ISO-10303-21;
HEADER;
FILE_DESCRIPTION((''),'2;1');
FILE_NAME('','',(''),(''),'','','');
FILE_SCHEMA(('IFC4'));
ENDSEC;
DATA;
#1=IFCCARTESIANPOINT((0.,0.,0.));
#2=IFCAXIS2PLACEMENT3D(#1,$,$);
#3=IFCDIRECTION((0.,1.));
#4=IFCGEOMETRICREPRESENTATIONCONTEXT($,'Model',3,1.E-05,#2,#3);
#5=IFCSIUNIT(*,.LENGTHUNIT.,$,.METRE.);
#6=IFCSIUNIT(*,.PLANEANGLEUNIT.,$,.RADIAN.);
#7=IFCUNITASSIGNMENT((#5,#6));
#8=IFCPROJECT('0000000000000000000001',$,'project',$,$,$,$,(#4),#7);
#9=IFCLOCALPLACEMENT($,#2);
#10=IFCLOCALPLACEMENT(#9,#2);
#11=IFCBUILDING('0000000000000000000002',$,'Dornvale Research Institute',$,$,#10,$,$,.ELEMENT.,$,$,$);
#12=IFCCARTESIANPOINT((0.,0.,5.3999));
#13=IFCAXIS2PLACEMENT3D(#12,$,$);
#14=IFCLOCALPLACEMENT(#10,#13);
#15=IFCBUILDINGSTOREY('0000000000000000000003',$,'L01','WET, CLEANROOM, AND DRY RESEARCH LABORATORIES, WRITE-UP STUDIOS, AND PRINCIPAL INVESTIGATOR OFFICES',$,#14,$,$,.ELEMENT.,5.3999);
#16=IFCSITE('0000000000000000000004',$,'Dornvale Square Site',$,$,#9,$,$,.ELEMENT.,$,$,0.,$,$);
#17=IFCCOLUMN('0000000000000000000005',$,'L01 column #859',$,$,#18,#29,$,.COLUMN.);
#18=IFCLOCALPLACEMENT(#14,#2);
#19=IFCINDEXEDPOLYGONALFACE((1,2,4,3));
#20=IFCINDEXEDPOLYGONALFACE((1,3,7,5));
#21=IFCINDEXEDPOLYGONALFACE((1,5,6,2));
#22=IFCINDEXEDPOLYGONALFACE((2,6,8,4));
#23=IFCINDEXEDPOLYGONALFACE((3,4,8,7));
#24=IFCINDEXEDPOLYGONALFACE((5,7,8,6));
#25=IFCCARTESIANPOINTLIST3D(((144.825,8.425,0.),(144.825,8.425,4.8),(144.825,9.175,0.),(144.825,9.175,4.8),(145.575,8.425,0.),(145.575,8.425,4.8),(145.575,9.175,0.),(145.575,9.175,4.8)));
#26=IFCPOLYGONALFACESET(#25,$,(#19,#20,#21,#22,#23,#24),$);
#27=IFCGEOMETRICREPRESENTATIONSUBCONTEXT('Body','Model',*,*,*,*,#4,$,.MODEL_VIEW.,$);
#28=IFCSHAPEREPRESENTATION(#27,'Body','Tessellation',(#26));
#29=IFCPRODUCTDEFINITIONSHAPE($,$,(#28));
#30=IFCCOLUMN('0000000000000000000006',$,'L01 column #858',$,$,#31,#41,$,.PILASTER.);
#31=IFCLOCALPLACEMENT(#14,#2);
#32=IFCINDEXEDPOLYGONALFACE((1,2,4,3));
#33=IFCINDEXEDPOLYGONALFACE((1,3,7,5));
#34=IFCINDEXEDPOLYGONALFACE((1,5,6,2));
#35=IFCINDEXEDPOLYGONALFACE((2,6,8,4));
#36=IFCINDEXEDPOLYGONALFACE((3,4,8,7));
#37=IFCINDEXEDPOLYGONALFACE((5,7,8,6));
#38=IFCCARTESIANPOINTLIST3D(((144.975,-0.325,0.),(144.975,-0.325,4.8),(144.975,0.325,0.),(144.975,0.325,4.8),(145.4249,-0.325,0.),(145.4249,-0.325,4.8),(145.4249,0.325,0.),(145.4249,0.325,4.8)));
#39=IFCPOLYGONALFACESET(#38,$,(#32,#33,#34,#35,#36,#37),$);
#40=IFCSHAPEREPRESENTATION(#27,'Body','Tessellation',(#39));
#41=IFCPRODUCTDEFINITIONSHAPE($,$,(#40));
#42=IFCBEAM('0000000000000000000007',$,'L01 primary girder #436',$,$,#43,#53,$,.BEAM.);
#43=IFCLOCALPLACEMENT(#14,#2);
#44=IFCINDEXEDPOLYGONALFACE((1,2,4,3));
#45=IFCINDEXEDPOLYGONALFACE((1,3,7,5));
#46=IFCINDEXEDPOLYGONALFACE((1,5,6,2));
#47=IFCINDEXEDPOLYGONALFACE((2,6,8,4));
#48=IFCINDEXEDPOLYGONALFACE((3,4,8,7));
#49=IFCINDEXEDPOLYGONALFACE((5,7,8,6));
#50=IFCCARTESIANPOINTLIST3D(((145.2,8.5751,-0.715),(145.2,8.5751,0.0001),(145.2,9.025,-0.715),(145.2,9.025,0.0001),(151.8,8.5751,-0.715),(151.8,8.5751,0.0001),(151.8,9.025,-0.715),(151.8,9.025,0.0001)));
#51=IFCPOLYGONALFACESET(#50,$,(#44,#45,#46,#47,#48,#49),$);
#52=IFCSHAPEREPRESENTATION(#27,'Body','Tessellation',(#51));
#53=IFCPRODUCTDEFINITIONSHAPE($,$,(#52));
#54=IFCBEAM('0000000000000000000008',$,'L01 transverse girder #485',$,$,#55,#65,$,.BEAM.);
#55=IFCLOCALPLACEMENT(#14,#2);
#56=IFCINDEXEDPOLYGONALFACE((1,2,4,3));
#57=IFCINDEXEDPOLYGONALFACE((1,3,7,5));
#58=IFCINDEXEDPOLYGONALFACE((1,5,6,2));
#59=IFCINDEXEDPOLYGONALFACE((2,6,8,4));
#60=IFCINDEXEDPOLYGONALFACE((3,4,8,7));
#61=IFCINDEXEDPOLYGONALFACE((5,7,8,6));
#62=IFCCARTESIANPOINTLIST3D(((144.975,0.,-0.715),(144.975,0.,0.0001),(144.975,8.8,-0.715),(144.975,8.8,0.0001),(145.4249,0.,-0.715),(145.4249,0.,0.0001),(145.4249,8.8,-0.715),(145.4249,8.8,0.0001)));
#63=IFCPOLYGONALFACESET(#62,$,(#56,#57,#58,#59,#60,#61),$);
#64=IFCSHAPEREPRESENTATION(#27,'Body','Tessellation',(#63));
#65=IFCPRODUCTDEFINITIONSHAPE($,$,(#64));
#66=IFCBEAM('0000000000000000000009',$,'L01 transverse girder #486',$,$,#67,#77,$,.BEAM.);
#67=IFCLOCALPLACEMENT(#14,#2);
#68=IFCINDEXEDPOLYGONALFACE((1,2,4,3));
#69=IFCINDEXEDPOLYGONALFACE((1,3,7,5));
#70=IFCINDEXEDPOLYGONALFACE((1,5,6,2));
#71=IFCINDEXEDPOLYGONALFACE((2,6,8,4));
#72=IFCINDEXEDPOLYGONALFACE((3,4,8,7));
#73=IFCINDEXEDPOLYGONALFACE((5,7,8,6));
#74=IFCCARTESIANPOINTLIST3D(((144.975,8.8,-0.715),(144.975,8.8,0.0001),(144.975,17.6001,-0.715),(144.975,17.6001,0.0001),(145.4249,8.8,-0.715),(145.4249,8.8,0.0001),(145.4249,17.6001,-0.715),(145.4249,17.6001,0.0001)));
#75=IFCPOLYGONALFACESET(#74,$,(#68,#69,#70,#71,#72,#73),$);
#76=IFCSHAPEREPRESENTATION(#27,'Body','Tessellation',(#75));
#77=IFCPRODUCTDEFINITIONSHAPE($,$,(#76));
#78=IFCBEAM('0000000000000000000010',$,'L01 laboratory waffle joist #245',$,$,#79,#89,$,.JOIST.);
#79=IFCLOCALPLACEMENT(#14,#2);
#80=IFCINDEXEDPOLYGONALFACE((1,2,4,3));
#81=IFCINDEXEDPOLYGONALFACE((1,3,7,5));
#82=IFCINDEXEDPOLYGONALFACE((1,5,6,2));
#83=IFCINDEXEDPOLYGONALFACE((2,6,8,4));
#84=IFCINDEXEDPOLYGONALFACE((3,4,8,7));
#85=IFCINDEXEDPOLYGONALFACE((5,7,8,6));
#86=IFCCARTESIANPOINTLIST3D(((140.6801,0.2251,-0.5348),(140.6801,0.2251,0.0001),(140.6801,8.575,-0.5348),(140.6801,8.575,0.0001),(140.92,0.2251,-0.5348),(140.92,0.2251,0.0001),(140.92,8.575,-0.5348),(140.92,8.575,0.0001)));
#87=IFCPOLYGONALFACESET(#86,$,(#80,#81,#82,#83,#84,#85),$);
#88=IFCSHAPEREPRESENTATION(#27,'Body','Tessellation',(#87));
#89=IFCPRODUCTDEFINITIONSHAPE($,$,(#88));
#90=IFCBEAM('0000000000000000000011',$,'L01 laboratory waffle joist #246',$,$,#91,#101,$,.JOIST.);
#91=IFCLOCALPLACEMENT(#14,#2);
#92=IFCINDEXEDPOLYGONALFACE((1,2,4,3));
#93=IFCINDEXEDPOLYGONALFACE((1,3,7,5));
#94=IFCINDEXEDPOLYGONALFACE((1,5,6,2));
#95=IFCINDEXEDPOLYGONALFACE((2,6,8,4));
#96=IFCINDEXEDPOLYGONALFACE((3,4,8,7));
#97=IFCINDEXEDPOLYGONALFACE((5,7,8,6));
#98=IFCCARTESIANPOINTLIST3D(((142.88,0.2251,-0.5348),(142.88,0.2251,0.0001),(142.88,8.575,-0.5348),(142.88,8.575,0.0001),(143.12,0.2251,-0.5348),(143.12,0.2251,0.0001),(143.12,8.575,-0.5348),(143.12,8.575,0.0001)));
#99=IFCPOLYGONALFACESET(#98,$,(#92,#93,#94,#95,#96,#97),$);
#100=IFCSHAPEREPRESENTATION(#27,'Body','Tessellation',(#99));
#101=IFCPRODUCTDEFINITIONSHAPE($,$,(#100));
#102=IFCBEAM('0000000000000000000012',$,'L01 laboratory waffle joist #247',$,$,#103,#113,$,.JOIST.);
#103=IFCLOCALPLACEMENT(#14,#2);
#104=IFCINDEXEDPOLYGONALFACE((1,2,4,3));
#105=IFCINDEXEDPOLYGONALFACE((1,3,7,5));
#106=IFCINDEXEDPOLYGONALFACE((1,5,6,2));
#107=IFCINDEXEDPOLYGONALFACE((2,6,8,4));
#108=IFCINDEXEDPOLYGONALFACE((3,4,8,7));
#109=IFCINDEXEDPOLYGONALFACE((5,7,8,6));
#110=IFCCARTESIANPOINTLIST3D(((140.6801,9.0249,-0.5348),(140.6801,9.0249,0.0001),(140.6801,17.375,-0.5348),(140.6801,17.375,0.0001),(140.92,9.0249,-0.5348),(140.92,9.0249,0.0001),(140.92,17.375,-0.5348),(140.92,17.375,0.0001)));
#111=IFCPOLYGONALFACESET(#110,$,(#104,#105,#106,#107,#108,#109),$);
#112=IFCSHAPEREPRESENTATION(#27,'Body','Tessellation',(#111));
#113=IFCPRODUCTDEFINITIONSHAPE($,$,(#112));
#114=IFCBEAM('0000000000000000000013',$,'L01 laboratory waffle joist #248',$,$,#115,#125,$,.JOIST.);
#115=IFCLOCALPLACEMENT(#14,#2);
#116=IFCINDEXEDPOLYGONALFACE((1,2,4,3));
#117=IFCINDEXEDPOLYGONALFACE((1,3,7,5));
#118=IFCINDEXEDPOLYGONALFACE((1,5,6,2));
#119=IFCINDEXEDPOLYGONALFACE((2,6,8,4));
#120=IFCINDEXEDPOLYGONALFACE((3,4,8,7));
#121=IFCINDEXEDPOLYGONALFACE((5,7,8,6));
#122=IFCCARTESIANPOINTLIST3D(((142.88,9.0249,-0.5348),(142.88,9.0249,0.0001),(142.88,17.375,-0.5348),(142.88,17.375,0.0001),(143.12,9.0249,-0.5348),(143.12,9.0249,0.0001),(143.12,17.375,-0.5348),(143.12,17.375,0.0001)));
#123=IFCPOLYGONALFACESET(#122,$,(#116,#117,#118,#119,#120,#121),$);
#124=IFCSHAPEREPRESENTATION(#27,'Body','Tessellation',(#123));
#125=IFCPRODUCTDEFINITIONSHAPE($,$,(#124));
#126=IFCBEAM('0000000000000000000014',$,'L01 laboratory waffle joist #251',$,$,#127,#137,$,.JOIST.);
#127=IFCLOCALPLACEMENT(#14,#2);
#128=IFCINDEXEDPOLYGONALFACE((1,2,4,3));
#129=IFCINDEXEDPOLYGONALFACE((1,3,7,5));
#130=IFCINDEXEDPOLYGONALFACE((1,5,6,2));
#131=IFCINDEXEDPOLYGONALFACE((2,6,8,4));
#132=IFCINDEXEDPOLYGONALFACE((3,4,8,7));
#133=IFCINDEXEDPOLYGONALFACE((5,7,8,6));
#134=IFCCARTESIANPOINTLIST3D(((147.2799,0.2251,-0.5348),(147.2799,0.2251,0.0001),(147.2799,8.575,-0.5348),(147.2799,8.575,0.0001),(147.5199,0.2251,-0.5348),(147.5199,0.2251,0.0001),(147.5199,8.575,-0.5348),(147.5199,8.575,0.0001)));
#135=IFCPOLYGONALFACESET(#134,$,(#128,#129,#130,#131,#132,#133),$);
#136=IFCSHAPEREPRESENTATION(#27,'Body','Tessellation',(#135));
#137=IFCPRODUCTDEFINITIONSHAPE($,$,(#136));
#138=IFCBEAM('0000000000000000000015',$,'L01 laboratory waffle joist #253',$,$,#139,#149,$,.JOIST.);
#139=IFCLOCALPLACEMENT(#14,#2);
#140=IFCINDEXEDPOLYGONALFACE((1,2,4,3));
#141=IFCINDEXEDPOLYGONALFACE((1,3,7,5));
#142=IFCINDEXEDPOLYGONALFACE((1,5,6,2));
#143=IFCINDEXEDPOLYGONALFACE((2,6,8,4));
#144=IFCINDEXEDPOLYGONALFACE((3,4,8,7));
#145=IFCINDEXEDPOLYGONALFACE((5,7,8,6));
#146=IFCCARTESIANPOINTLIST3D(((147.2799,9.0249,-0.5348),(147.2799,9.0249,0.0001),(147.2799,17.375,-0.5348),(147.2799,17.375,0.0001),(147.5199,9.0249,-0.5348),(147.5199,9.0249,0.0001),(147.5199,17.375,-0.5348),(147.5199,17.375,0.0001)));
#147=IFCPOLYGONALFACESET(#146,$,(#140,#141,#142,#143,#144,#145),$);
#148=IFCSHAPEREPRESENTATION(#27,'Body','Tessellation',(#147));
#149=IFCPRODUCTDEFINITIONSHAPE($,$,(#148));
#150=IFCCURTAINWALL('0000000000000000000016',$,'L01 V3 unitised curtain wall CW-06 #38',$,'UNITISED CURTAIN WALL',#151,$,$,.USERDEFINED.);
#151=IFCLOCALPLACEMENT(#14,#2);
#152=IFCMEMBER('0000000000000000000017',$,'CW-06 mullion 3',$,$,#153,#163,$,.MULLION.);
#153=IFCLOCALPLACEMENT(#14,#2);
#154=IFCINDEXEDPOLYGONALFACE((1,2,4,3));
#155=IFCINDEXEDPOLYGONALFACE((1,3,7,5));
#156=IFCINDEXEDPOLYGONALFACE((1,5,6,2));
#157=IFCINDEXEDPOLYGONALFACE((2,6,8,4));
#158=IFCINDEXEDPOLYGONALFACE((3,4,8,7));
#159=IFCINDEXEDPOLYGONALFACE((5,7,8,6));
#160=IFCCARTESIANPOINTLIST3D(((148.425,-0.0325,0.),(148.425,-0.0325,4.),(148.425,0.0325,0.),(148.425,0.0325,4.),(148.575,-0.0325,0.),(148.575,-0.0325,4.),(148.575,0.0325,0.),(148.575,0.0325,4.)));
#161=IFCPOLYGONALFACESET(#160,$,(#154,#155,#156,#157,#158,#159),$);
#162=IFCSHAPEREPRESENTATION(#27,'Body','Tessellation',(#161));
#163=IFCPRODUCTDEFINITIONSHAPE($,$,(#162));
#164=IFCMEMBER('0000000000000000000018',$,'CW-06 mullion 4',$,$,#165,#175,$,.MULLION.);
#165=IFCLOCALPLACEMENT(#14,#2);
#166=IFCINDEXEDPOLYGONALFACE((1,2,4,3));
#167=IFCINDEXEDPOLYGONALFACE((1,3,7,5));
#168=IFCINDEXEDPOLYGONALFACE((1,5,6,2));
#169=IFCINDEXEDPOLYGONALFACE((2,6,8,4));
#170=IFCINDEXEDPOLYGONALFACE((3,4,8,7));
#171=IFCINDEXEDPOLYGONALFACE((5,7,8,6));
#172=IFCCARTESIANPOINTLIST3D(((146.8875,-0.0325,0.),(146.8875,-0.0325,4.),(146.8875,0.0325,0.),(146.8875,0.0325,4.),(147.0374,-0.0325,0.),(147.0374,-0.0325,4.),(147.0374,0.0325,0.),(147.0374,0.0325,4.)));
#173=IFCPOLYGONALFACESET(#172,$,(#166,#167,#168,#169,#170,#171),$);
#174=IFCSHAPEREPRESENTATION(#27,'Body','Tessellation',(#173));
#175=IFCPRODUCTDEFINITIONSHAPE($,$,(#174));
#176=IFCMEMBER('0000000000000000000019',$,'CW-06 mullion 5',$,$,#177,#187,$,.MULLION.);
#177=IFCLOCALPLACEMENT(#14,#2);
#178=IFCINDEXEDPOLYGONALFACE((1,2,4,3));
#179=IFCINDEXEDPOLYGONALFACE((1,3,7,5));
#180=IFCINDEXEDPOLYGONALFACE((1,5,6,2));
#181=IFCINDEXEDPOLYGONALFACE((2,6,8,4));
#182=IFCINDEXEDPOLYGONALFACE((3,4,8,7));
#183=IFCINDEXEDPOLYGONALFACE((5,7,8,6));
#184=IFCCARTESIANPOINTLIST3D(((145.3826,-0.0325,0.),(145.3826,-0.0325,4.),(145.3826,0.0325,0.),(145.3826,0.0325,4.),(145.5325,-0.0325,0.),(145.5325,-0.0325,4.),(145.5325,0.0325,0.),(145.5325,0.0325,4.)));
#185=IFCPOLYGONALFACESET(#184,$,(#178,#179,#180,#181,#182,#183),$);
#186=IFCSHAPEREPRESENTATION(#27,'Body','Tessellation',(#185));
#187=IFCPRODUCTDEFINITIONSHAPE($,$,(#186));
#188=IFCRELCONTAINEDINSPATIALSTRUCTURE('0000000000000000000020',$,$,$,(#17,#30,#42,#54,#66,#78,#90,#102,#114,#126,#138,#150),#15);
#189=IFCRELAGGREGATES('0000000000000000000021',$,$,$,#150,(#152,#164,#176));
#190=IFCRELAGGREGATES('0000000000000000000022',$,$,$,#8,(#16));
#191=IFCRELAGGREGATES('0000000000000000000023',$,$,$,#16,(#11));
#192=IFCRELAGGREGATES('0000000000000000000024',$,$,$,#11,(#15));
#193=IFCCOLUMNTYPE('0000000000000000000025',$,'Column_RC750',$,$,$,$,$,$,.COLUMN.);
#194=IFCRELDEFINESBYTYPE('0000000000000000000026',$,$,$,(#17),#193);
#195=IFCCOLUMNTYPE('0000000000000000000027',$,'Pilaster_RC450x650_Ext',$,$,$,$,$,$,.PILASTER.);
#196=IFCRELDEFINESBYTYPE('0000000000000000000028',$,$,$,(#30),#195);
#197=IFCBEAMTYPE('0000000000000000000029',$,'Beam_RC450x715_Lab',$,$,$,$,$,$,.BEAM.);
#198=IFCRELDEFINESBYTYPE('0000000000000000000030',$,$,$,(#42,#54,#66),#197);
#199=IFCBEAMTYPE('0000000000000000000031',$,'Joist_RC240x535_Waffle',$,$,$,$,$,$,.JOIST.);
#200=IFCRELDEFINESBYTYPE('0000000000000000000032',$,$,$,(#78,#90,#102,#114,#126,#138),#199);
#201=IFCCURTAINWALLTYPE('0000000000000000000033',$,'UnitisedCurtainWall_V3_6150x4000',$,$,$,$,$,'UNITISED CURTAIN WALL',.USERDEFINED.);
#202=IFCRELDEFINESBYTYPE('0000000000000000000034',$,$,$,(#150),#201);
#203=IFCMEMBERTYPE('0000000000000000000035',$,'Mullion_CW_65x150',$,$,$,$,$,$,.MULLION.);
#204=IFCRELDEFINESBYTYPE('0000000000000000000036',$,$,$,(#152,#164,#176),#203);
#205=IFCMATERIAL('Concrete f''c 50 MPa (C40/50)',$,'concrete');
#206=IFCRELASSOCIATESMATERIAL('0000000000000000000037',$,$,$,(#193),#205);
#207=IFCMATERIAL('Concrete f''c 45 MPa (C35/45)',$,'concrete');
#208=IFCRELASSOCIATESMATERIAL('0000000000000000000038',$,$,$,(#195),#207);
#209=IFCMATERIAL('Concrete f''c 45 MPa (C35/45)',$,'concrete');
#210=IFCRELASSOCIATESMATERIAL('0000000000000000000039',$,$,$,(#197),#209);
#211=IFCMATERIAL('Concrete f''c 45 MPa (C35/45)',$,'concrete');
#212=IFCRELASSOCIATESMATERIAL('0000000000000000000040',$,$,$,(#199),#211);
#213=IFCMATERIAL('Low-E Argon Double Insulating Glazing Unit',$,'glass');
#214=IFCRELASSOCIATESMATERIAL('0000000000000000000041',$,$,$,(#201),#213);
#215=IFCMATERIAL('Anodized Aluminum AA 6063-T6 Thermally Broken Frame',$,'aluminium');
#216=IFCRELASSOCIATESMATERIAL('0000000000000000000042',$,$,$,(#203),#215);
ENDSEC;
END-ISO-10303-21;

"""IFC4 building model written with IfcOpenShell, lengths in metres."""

from ifc_helpers import new_model, si_unit, direction, frame, origin, origin_2d, place, context, subcontext, project, spatial, rectangle, extrude, material, material_profile, profile_set, type_object, element, aggregate, save


model = new_model("IFC4")

# Units and contexts
model_context = context("Model", 3, precision=1e-05, world=origin(), true_north=direction((0.0, 1.0)))
body_context = subcontext(model_context, "Body", "Model", "MODEL_VIEW")
ifc_project = project(units=[si_unit("LENGTHUNIT", "METRE"), si_unit("PLANEANGLEUNIT", "RADIAN")], contexts=[model_context])

# Site, building, storey
site_placement = place(None, origin())
site = spatial("IfcSite", under=ifc_project, at=site_placement, Name="Dornvale Square Site", CompositionType="ELEMENT", RefElevation=0.0)
building_placement = place(site_placement, origin())
building = spatial("IfcBuilding", under=site, at=building_placement, Name="Dornvale Research Institute", CompositionType="ELEMENT")
storey_placement = place(building_placement, frame((0.0, 0.0, 5.3999)))
storey = spatial("IfcBuildingStorey", under=building, at=storey_placement, Name="L01", Description="WET, CLEANROOM, AND DRY RESEARCH LABORATORIES, WRITE-UP STUDIOS, AND PRINCIPAL INVESTIGATOR OFFICES", CompositionType="ELEMENT", Elevation=5.3999)

# Columns
ifc_material_1 = material(Name="Concrete f'c 50 MPa (C40/50)", Category="concrete")
ifc_material_profile_1 = material_profile(ifc_material_1, rectangle(XDim=0.75, YDim=0.75, at=origin_2d()), Name="RC 750x750")
ifc_profile_set_1 = profile_set([ifc_material_profile_1], Name="Concrete f'c 50 MPa (C40/50)")
column_type_1 = type_object("IfcColumnType", Name="Column_RC750", PredefinedType="COLUMN", material=ifc_profile_set_1)
column_1_placement = place(storey_placement, frame((145.2, 8.8, 0.0), z_axis=(0.0, 0.0, 1.0), x_axis=(1.0, 0.0, 0.0)))
element("IfcColumn", 1, at=column_1_placement, inside=storey, type_object=column_type_1, Name="L01 column #859", PredefinedType="COLUMN", context=body_context, shape_type="SweptSolid", body=[
    extrude(rectangle(XDim=0.75, YDim=0.75, at=origin_2d()), origin(), (0.0, 0.0, 1.0), 4.8),
])
ifc_material_2 = material(Name="Concrete f'c 45 MPa (C35/45)", Category="concrete")
ifc_material_profile_2 = material_profile(ifc_material_2, rectangle(XDim=0.45, YDim=0.6499, at=origin_2d()), Name="RC 450x650")
ifc_profile_set_2 = profile_set([ifc_material_profile_2], Name="Concrete f'c 45 MPa (C35/45)")
column_type_2 = type_object("IfcColumnType", Name="Pilaster_RC450x650_Ext", PredefinedType="PILASTER", material=ifc_profile_set_2)
column_2_placement = place(storey_placement, frame((145.2, 0.0, 0.0), z_axis=(0.0, 0.0, 1.0), x_axis=(1.0, 0.0, 0.0)))
element("IfcColumn", 2, at=column_2_placement, inside=storey, type_object=column_type_2, Name="L01 column #858", PredefinedType="PILASTER", context=body_context, shape_type="SweptSolid", body=[
    extrude(rectangle(XDim=0.45, YDim=0.6499, at=origin_2d()), origin(), (0.0, 0.0, 1.0), 4.8),
])

# Beams
ifc_material_3 = material(Name="Concrete f'c 45 MPa (C35/45)", Category="concrete")
ifc_material_profile_3 = material_profile(ifc_material_3, rectangle(XDim=0.45, YDim=0.7151, at=origin_2d()), Name="RC 450x715")
ifc_profile_set_3 = profile_set([ifc_material_profile_3], Name="Concrete f'c 45 MPa (C35/45)")
beam_type_1 = type_object("IfcBeamType", Name="Beam_RC450x715_Lab", PredefinedType="BEAM", material=ifc_profile_set_3)
beam_1_placement = place(storey_placement, frame((145.2, 8.8, -0.3574), z_axis=(1.0, 0.0, 0.0), x_axis=(0.0, 1.0, 0.0)))
element("IfcBeam", 3, at=beam_1_placement, inside=storey, type_object=beam_type_1, Name="L01 primary girder #436", PredefinedType="BEAM", context=body_context, shape_type="SweptSolid", body=[
    extrude(rectangle(XDim=0.45, YDim=0.7151, at=origin_2d()), origin(), (0.0, 0.0, 1.0), 6.6001),
])
for number, where, z_axis, x_axis, name in (
    (4, (145.2, 0.0, -0.3574), (0.0, 1.0, 0.0), (-1.0, 0.0, 0.0), "L01 transverse girder #485"),
    (5, (145.2, 8.8, -0.3574), (0.0, 1.0, 0.0), (-1.0, 0.0, 0.0), "L01 transverse girder #486"),
):
    element("IfcBeam", number, at=place(storey_placement, frame(where, z_axis=z_axis, x_axis=x_axis)), inside=storey, type_object=beam_type_1, Name=name, PredefinedType="BEAM", context=body_context, shape_type="SweptSolid", body=[
        extrude(rectangle(XDim=0.45, YDim=0.7151, at=origin_2d()), origin(), (0.0, 0.0, 1.0), 8.8),
    ])
ifc_material_4 = material(Name="Concrete f'c 45 MPa (C35/45)", Category="concrete")
ifc_material_profile_4 = material_profile(ifc_material_4, rectangle(XDim=0.24, YDim=0.5349, at=origin_2d()), Name="RC 240x535")
ifc_profile_set_4 = profile_set([ifc_material_profile_4], Name="Concrete f'c 45 MPa (C35/45)")
beam_type_2 = type_object("IfcBeamType", Name="Joist_RC240x535_Waffle", PredefinedType="JOIST", material=ifc_profile_set_4)
for number, where, z_axis, x_axis, name in (
    (6, (140.8, 0.2251, -0.2673), (0.0, 1.0, 0.0), (-1.0, 0.0, 0.0), "L01 laboratory waffle joist #245"),
    (7, (143.0, 0.2251, -0.2673), (0.0, 1.0, 0.0), (-1.0, 0.0, 0.0), "L01 laboratory waffle joist #246"),
):
    element("IfcBeam", number, at=place(storey_placement, frame(where, z_axis=z_axis, x_axis=x_axis)), inside=storey, type_object=beam_type_2, Name=name, PredefinedType="JOIST", context=body_context, shape_type="SweptSolid", body=[
        extrude(rectangle(XDim=0.24, YDim=0.5349, at=origin_2d()), origin(), (0.0, 0.0, 1.0), 8.3499),
    ])
for number, where, z_axis, x_axis, name in (
    (8, (140.8, 9.0249, -0.2673), (0.0, 1.0, 0.0), (-1.0, 0.0, 0.0), "L01 laboratory waffle joist #247"),
    (9, (143.0, 9.0249, -0.2673), (0.0, 1.0, 0.0), (-1.0, 0.0, 0.0), "L01 laboratory waffle joist #248"),
):
    element("IfcBeam", number, at=place(storey_placement, frame(where, z_axis=z_axis, x_axis=x_axis)), inside=storey, type_object=beam_type_2, Name=name, PredefinedType="JOIST", context=body_context, shape_type="SweptSolid", body=[
        extrude(rectangle(XDim=0.24, YDim=0.5349, at=origin_2d()), origin(), (0.0, 0.0, 1.0), 8.3501),
    ])
beam_2_placement = place(storey_placement, frame((147.3999, 0.2251, -0.2673), z_axis=(0.0, 1.0, 0.0), x_axis=(-1.0, 0.0, 0.0)))
element("IfcBeam", 10, at=beam_2_placement, inside=storey, type_object=beam_type_2, Name="L01 laboratory waffle joist #251", PredefinedType="JOIST", context=body_context, shape_type="SweptSolid", body=[
    extrude(rectangle(XDim=0.24, YDim=0.5349, at=origin_2d()), origin(), (0.0, 0.0, 1.0), 8.3499),
])
beam_3_placement = place(storey_placement, frame((147.3999, 9.0249, -0.2673), z_axis=(0.0, 1.0, 0.0), x_axis=(-1.0, 0.0, 0.0)))
element("IfcBeam", 11, at=beam_3_placement, inside=storey, type_object=beam_type_2, Name="L01 laboratory waffle joist #253", PredefinedType="JOIST", context=body_context, shape_type="SweptSolid", body=[
    extrude(rectangle(XDim=0.24, YDim=0.5349, at=origin_2d()), origin(), (0.0, 0.0, 1.0), 8.3501),
])

# Curtain wall, members
ifc_material_5 = material(Name="Low-E Argon Double Insulating Glazing Unit", Category="glass")
curtain_wall_type = type_object("IfcCurtainWallType", Name="UnitisedCurtainWall_V3_6150x4000", ElementType="UNITISED CURTAIN WALL", PredefinedType="USERDEFINED", material=ifc_material_5)
curtain_wall_placement = place(storey_placement, origin())
curtain_wall = element("IfcCurtainWall", 12, at=curtain_wall_placement, inside=storey, type_object=curtain_wall_type, Name="L01 V3 unitised curtain wall CW-06 #38", ObjectType="UNITISED CURTAIN WALL", PredefinedType="USERDEFINED")
ifc_material_6 = material(Name="Anodized Aluminum AA 6063-T6 Thermally Broken Frame", Category="aluminium")
ifc_material_profile_5 = material_profile(ifc_material_6, rectangle(XDim=0.0649, YDim=0.1499, at=origin_2d()), Name="ALU MULLION 65x150")
ifc_profile_set_5 = profile_set([ifc_material_profile_5], Name="Anodized Aluminum AA 6063-T6 Thermally Broken Frame")
member_type_1 = type_object("IfcMemberType", Name="Mullion_CW_65x150", PredefinedType="MULLION", material=ifc_profile_set_5)
member_1_placement = place(storey_placement, frame((148.5, 0.0, 0.0), z_axis=(0.0, 0.0, 1.0), x_axis=(0.0, -1.0, 0.0)))
member_1 = element("IfcMember", 13, at=member_1_placement, type_object=member_type_1, Name="CW-06 mullion 3", PredefinedType="MULLION", context=body_context, shape_type="SweptSolid", body=[
    extrude(rectangle(XDim=0.0649, YDim=0.1499, at=origin_2d()), origin(), (0.0, 0.0, 1.0), 4.0),
])
member_2_placement = place(storey_placement, frame((146.9624, 0.0, 0.0), z_axis=(0.0, 0.0, 1.0), x_axis=(0.0, -1.0, 0.0)))
member_2 = element("IfcMember", 14, at=member_2_placement, type_object=member_type_1, Name="CW-06 mullion 4", PredefinedType="MULLION", context=body_context, shape_type="SweptSolid", body=[
    extrude(rectangle(XDim=0.0649, YDim=0.1499, at=origin_2d()), origin(), (0.0, 0.0, 1.0), 4.0),
])
member_3_placement = place(storey_placement, frame((145.4575, 0.0, 0.0), z_axis=(0.0, 0.0, 1.0), x_axis=(0.0, -1.0, 0.0)))
member_3 = element("IfcMember", 15, at=member_3_placement, type_object=member_type_1, Name="CW-06 mullion 5", PredefinedType="MULLION", context=body_context, shape_type="SweptSolid", body=[
    extrude(rectangle(XDim=0.0649, YDim=0.1499, at=origin_2d()), origin(), (0.0, 0.0, 1.0), 4.0),
])

aggregate(curtain_wall, [member_1, member_2, member_3])

save(model, "model.ifc")
